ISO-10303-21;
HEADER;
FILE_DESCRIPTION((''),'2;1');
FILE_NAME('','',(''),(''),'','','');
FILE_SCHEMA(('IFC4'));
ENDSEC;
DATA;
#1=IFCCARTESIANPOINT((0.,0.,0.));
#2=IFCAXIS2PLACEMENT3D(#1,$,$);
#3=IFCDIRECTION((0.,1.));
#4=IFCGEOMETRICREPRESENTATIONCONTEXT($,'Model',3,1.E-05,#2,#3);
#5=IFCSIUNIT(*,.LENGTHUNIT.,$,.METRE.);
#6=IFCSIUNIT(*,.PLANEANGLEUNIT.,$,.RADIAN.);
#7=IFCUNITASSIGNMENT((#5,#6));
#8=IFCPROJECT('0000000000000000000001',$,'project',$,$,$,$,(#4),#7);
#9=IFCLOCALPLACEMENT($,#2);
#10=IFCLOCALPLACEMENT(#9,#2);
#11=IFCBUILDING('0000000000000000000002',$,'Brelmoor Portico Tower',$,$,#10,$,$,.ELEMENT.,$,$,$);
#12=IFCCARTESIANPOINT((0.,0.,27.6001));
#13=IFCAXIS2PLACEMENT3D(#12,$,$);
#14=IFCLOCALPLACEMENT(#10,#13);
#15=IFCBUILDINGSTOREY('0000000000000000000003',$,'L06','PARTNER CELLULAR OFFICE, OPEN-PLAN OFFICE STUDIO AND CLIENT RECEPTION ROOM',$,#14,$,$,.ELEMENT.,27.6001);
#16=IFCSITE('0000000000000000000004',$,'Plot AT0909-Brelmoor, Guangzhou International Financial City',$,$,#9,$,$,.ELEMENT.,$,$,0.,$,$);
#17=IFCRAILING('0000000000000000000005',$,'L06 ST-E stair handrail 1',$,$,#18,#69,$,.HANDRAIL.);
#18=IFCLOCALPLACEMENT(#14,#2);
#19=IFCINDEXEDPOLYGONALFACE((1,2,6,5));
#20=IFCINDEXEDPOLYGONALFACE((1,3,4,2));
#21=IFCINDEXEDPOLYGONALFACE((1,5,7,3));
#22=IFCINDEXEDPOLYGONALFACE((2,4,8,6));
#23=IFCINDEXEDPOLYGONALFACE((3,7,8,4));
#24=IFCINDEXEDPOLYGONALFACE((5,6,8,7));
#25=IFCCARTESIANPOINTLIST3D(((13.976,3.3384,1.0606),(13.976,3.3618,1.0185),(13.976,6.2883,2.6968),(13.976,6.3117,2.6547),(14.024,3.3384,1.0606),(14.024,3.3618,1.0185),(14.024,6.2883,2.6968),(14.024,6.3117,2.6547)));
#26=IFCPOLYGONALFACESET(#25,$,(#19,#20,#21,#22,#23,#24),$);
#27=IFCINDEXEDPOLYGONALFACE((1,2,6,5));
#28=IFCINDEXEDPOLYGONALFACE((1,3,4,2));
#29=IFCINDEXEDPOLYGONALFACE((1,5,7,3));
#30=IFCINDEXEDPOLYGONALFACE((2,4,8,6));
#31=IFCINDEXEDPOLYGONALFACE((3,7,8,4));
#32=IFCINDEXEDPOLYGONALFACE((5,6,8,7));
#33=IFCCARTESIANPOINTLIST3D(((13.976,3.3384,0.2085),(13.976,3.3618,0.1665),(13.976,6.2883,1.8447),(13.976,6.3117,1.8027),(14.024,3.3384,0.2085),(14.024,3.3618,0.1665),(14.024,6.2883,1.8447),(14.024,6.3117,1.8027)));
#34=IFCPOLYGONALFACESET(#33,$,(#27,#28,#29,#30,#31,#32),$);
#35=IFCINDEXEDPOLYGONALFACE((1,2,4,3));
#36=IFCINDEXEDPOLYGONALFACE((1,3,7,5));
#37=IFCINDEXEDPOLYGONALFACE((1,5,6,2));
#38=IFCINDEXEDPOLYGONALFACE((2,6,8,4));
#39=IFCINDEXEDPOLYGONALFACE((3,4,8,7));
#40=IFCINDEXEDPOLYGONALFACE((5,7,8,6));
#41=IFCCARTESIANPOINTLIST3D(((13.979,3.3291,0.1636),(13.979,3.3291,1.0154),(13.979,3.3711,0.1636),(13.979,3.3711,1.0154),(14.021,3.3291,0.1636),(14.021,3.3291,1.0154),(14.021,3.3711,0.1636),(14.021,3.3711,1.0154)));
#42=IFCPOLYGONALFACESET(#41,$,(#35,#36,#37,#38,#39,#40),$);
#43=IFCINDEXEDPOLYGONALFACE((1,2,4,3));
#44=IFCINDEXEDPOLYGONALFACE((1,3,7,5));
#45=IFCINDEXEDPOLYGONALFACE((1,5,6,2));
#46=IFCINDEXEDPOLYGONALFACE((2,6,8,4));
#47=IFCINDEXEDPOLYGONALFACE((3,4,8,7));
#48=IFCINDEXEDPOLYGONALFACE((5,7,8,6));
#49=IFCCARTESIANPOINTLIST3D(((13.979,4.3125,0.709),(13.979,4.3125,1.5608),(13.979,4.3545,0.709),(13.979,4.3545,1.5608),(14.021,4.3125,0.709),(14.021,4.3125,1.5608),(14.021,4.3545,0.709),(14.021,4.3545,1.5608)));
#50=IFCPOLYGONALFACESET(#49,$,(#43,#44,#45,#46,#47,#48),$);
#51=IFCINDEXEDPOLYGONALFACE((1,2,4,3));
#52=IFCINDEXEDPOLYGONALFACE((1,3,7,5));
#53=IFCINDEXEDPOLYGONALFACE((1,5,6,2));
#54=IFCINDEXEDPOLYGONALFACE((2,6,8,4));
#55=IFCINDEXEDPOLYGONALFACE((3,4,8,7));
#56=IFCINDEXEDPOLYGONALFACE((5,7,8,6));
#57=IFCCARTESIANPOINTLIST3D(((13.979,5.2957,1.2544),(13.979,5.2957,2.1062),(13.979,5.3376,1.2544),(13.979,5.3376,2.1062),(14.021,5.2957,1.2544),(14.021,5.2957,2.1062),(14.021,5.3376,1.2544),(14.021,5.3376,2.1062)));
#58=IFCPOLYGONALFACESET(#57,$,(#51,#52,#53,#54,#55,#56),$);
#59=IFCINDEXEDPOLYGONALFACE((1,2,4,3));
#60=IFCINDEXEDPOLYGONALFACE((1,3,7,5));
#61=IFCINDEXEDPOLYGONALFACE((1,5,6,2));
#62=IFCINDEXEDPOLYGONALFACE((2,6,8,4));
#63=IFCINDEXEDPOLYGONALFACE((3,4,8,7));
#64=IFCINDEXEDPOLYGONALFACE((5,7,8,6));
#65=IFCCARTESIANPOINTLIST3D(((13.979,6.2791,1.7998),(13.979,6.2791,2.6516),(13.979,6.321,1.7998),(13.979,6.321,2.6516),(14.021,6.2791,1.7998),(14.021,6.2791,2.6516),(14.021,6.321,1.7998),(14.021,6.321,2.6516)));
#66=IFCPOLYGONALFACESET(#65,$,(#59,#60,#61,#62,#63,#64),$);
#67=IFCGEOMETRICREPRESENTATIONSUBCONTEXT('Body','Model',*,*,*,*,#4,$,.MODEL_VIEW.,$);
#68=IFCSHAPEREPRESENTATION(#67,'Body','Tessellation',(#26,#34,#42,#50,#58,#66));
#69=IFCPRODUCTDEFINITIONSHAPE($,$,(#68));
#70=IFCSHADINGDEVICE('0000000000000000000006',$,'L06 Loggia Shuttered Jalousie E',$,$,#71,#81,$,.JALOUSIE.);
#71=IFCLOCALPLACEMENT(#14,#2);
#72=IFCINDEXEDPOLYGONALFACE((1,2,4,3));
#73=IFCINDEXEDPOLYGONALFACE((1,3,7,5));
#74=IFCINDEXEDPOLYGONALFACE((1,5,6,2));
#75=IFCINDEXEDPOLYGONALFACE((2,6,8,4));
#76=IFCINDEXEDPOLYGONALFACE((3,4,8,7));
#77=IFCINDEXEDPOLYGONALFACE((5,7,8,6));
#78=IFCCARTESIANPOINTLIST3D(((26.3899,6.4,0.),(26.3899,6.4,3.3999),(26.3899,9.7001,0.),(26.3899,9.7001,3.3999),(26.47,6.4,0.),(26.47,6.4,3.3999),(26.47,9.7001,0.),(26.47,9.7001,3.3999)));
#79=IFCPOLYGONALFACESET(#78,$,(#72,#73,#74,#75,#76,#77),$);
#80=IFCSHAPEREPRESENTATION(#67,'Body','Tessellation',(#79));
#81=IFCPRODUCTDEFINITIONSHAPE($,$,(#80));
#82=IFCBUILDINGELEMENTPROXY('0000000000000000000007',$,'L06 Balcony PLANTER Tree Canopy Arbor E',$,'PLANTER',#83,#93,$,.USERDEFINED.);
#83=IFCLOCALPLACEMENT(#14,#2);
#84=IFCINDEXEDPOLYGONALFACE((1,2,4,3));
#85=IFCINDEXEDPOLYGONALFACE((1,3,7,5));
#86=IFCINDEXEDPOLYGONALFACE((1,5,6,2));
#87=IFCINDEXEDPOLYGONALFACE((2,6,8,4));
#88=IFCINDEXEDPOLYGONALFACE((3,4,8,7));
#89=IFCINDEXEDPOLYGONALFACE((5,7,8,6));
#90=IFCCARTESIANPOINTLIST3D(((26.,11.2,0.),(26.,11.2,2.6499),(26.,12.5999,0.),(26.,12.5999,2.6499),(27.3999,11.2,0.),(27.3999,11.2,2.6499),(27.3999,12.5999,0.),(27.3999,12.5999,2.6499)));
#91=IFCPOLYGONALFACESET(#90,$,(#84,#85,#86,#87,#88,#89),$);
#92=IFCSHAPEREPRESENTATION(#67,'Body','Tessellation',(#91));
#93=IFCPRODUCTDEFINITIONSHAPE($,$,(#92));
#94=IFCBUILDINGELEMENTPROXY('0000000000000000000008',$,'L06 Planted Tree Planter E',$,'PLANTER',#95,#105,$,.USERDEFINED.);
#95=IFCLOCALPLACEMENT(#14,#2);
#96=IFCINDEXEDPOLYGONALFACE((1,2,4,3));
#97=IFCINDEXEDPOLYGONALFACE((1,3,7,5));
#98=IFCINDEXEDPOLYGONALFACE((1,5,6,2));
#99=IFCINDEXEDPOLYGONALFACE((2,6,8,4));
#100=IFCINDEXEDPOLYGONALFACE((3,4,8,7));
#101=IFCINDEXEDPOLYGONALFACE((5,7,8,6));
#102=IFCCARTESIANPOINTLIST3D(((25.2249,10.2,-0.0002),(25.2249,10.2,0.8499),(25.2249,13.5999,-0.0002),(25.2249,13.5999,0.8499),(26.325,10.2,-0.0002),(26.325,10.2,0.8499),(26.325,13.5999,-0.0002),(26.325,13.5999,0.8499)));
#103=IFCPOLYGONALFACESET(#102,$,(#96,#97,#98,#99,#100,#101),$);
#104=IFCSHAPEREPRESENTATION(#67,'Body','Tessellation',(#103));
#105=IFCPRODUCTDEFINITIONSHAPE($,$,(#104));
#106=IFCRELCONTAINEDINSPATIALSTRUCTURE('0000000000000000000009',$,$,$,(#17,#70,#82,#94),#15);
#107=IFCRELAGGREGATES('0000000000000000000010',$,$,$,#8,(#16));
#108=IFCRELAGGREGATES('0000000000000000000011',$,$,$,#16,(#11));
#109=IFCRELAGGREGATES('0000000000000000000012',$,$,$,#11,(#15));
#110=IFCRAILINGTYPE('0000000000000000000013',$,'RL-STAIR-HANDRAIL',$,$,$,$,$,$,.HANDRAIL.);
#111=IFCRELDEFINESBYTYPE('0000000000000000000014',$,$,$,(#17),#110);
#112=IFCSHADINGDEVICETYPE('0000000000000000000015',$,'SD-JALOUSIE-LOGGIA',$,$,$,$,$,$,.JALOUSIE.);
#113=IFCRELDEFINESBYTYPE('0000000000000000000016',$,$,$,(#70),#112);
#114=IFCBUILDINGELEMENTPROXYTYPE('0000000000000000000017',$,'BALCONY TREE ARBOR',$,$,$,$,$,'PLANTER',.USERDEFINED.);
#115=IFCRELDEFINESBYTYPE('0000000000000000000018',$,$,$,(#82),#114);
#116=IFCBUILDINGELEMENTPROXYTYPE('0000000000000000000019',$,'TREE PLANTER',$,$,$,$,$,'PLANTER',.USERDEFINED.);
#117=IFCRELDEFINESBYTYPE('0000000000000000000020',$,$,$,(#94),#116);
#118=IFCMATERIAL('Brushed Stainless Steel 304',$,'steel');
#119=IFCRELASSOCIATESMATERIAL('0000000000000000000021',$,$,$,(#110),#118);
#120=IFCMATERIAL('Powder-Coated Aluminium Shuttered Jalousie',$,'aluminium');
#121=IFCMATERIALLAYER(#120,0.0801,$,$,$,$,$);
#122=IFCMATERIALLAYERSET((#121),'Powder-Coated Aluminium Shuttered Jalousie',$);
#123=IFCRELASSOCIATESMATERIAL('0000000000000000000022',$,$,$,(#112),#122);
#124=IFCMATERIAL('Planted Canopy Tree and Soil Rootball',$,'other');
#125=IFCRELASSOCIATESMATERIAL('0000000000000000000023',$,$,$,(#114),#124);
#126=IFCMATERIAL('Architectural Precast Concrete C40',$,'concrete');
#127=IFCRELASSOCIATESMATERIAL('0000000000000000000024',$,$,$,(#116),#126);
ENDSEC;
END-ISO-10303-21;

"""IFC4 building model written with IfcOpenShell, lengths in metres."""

from ifc_helpers import new_model, si_unit, direction, frame, origin, origin_2d, place, context, subcontext, project, spatial, rectangle, extrude, material, layer, layer_set, type_object, element, save


model = new_model("IFC4")

# Units and contexts
model_context = context("Model", 3, precision=1e-05, world=origin(), true_north=direction((0.0, 1.0)))
body_context = subcontext(model_context, "Body", "Model", "MODEL_VIEW")
ifc_project = project(units=[si_unit("LENGTHUNIT", "METRE"), si_unit("PLANEANGLEUNIT", "RADIAN")], contexts=[model_context])

# Site, building, storey
site_placement = place(None, origin())
site = spatial("IfcSite", under=ifc_project, at=site_placement, Name="Plot AT0909-Brelmoor, Guangzhou International Financial City", CompositionType="ELEMENT", RefElevation=0.0)
building_placement = place(site_placement, origin())
building = spatial("IfcBuilding", under=site, at=building_placement, Name="Brelmoor Portico Tower", CompositionType="ELEMENT")
storey_placement = place(building_placement, frame((0.0, 0.0, 27.6001)))
storey = spatial("IfcBuildingStorey", under=building, at=storey_placement, Name="L06", Description="PARTNER CELLULAR OFFICE, OPEN-PLAN OFFICE STUDIO AND CLIENT RECEPTION ROOM", CompositionType="ELEMENT", Elevation=27.6001)

# Railing
ifc_material_1 = material(Name="Brushed Stainless Steel 304", Category="steel")
railing_type_1 = type_object("IfcRailingType", Name="RL-STAIR-HANDRAIL", PredefinedType="HANDRAIL", material=ifc_material_1)
railing_1_placement = place(storey_placement, frame((14.0, 3.3501, 0.1636)))
element("IfcRailing", 1, at=railing_1_placement, inside=storey, type_object=railing_type_1, Name="L06 ST-E stair handrail 1", PredefinedType="HANDRAIL", context=body_context, shape_type="SweptSolid", body=[
    extrude(rectangle(XDim=0.0481, YDim=0.0481, at=origin_2d()), frame((0.0, 0.0, 0.876), z_axis=(0.0, 0.874488, 0.485047), x_axis=(-1.0, 0.0, 0.0)), (0.0, 0.0, 1.0), 3.3733),
    extrude(rectangle(XDim=0.0481, YDim=0.0481, at=origin_2d()), frame((0.0, 0.0, 0.0239), z_axis=(0.0, 0.874488, 0.485047), x_axis=(-1.0, 0.0, 0.0)), (0.0, 0.0, 1.0), 3.3733),
    extrude(rectangle(XDim=0.042, YDim=0.042, at=origin_2d()), origin(), (0.0, 0.0, 1.0), 0.8518),
    extrude(rectangle(XDim=0.042, YDim=0.042, at=origin_2d()), frame((0.0, 0.9834, 0.5454)), (0.0, 0.0, 1.0), 0.8518),
    extrude(rectangle(XDim=0.042, YDim=0.042, at=origin_2d()), frame((0.0, 1.9666, 1.0908)), (0.0, 0.0, 1.0), 0.8518),
    extrude(rectangle(XDim=0.042, YDim=0.042, at=origin_2d()), frame((0.0, 2.95, 1.6362)), (0.0, 0.0, 1.0), 0.8518),
])

# Shading device
ifc_material_2 = material(Name="Powder-Coated Aluminium Shuttered Jalousie", Category="aluminium")
ifc_layer_1 = layer(ifc_material_2, 0.0801)
ifc_layer_set_1 = layer_set([ifc_layer_1], Name="Powder-Coated Aluminium Shuttered Jalousie")
shading_device_type = type_object("IfcShadingDeviceType", Name="SD-JALOUSIE-LOGGIA", PredefinedType="JALOUSIE", material=ifc_layer_set_1)
shading_device_placement = place(storey_placement, frame((26.4299, 8.05, 0.0), z_axis=(0.0, 0.0, 1.0), x_axis=(0.0, 1.0, 0.0)))
element("IfcShadingDevice", 2, at=shading_device_placement, inside=storey, type_object=shading_device_type, Name="L06 Loggia Shuttered Jalousie E", PredefinedType="JALOUSIE", context=body_context, shape_type="SweptSolid", body=[
    extrude(rectangle(XDim=3.3, YDim=0.0801, at=origin_2d()), origin(), (0.0, 0.0, 1.0), 3.3999),
])

# Building element proxies
ifc_material_3 = material(Name="Planted Canopy Tree and Soil Rootball", Category="other")
building_element_proxy_type_1 = type_object("IfcBuildingElementProxyType", Name="BALCONY TREE ARBOR", ElementType="PLANTER", PredefinedType="USERDEFINED", material=ifc_material_3)
proxy_1_placement = place(storey_placement, frame((26.7, 11.8999, 0.0), z_axis=(0.0, 0.0, 1.0), x_axis=(1.0, 0.0, 0.0)))
element("IfcBuildingElementProxy", 3, at=proxy_1_placement, inside=storey, type_object=building_element_proxy_type_1, Name="L06 Balcony PLANTER Tree Canopy Arbor E", ObjectType="PLANTER", PredefinedType="USERDEFINED", context=body_context, shape_type="SweptSolid", body=[
    extrude(rectangle(XDim=1.3999, YDim=1.3999, at=origin_2d()), origin(), (0.0, 0.0, 1.0), 2.6499),
])
ifc_material_4 = material(Name="Architectural Precast Concrete C40", Category="concrete")
building_element_proxy_type_2 = type_object("IfcBuildingElementProxyType", Name="TREE PLANTER", ElementType="PLANTER", PredefinedType="USERDEFINED", material=ifc_material_4)
proxy_2_placement = place(storey_placement, frame((25.7749, 11.8999, -0.0002), z_axis=(0.0, 0.0, 1.0), x_axis=(0.0, 1.0, 0.0)))
element("IfcBuildingElementProxy", 4, at=proxy_2_placement, inside=storey, type_object=building_element_proxy_type_2, Name="L06 Planted Tree Planter E", ObjectType="PLANTER", PredefinedType="USERDEFINED", context=body_context, shape_type="SweptSolid", body=[
    extrude(rectangle(XDim=3.3999, YDim=1.1001, at=origin_2d()), origin(), (0.0, 0.0, 1.0), 0.8501),
])

save(model, "model.ifc")
